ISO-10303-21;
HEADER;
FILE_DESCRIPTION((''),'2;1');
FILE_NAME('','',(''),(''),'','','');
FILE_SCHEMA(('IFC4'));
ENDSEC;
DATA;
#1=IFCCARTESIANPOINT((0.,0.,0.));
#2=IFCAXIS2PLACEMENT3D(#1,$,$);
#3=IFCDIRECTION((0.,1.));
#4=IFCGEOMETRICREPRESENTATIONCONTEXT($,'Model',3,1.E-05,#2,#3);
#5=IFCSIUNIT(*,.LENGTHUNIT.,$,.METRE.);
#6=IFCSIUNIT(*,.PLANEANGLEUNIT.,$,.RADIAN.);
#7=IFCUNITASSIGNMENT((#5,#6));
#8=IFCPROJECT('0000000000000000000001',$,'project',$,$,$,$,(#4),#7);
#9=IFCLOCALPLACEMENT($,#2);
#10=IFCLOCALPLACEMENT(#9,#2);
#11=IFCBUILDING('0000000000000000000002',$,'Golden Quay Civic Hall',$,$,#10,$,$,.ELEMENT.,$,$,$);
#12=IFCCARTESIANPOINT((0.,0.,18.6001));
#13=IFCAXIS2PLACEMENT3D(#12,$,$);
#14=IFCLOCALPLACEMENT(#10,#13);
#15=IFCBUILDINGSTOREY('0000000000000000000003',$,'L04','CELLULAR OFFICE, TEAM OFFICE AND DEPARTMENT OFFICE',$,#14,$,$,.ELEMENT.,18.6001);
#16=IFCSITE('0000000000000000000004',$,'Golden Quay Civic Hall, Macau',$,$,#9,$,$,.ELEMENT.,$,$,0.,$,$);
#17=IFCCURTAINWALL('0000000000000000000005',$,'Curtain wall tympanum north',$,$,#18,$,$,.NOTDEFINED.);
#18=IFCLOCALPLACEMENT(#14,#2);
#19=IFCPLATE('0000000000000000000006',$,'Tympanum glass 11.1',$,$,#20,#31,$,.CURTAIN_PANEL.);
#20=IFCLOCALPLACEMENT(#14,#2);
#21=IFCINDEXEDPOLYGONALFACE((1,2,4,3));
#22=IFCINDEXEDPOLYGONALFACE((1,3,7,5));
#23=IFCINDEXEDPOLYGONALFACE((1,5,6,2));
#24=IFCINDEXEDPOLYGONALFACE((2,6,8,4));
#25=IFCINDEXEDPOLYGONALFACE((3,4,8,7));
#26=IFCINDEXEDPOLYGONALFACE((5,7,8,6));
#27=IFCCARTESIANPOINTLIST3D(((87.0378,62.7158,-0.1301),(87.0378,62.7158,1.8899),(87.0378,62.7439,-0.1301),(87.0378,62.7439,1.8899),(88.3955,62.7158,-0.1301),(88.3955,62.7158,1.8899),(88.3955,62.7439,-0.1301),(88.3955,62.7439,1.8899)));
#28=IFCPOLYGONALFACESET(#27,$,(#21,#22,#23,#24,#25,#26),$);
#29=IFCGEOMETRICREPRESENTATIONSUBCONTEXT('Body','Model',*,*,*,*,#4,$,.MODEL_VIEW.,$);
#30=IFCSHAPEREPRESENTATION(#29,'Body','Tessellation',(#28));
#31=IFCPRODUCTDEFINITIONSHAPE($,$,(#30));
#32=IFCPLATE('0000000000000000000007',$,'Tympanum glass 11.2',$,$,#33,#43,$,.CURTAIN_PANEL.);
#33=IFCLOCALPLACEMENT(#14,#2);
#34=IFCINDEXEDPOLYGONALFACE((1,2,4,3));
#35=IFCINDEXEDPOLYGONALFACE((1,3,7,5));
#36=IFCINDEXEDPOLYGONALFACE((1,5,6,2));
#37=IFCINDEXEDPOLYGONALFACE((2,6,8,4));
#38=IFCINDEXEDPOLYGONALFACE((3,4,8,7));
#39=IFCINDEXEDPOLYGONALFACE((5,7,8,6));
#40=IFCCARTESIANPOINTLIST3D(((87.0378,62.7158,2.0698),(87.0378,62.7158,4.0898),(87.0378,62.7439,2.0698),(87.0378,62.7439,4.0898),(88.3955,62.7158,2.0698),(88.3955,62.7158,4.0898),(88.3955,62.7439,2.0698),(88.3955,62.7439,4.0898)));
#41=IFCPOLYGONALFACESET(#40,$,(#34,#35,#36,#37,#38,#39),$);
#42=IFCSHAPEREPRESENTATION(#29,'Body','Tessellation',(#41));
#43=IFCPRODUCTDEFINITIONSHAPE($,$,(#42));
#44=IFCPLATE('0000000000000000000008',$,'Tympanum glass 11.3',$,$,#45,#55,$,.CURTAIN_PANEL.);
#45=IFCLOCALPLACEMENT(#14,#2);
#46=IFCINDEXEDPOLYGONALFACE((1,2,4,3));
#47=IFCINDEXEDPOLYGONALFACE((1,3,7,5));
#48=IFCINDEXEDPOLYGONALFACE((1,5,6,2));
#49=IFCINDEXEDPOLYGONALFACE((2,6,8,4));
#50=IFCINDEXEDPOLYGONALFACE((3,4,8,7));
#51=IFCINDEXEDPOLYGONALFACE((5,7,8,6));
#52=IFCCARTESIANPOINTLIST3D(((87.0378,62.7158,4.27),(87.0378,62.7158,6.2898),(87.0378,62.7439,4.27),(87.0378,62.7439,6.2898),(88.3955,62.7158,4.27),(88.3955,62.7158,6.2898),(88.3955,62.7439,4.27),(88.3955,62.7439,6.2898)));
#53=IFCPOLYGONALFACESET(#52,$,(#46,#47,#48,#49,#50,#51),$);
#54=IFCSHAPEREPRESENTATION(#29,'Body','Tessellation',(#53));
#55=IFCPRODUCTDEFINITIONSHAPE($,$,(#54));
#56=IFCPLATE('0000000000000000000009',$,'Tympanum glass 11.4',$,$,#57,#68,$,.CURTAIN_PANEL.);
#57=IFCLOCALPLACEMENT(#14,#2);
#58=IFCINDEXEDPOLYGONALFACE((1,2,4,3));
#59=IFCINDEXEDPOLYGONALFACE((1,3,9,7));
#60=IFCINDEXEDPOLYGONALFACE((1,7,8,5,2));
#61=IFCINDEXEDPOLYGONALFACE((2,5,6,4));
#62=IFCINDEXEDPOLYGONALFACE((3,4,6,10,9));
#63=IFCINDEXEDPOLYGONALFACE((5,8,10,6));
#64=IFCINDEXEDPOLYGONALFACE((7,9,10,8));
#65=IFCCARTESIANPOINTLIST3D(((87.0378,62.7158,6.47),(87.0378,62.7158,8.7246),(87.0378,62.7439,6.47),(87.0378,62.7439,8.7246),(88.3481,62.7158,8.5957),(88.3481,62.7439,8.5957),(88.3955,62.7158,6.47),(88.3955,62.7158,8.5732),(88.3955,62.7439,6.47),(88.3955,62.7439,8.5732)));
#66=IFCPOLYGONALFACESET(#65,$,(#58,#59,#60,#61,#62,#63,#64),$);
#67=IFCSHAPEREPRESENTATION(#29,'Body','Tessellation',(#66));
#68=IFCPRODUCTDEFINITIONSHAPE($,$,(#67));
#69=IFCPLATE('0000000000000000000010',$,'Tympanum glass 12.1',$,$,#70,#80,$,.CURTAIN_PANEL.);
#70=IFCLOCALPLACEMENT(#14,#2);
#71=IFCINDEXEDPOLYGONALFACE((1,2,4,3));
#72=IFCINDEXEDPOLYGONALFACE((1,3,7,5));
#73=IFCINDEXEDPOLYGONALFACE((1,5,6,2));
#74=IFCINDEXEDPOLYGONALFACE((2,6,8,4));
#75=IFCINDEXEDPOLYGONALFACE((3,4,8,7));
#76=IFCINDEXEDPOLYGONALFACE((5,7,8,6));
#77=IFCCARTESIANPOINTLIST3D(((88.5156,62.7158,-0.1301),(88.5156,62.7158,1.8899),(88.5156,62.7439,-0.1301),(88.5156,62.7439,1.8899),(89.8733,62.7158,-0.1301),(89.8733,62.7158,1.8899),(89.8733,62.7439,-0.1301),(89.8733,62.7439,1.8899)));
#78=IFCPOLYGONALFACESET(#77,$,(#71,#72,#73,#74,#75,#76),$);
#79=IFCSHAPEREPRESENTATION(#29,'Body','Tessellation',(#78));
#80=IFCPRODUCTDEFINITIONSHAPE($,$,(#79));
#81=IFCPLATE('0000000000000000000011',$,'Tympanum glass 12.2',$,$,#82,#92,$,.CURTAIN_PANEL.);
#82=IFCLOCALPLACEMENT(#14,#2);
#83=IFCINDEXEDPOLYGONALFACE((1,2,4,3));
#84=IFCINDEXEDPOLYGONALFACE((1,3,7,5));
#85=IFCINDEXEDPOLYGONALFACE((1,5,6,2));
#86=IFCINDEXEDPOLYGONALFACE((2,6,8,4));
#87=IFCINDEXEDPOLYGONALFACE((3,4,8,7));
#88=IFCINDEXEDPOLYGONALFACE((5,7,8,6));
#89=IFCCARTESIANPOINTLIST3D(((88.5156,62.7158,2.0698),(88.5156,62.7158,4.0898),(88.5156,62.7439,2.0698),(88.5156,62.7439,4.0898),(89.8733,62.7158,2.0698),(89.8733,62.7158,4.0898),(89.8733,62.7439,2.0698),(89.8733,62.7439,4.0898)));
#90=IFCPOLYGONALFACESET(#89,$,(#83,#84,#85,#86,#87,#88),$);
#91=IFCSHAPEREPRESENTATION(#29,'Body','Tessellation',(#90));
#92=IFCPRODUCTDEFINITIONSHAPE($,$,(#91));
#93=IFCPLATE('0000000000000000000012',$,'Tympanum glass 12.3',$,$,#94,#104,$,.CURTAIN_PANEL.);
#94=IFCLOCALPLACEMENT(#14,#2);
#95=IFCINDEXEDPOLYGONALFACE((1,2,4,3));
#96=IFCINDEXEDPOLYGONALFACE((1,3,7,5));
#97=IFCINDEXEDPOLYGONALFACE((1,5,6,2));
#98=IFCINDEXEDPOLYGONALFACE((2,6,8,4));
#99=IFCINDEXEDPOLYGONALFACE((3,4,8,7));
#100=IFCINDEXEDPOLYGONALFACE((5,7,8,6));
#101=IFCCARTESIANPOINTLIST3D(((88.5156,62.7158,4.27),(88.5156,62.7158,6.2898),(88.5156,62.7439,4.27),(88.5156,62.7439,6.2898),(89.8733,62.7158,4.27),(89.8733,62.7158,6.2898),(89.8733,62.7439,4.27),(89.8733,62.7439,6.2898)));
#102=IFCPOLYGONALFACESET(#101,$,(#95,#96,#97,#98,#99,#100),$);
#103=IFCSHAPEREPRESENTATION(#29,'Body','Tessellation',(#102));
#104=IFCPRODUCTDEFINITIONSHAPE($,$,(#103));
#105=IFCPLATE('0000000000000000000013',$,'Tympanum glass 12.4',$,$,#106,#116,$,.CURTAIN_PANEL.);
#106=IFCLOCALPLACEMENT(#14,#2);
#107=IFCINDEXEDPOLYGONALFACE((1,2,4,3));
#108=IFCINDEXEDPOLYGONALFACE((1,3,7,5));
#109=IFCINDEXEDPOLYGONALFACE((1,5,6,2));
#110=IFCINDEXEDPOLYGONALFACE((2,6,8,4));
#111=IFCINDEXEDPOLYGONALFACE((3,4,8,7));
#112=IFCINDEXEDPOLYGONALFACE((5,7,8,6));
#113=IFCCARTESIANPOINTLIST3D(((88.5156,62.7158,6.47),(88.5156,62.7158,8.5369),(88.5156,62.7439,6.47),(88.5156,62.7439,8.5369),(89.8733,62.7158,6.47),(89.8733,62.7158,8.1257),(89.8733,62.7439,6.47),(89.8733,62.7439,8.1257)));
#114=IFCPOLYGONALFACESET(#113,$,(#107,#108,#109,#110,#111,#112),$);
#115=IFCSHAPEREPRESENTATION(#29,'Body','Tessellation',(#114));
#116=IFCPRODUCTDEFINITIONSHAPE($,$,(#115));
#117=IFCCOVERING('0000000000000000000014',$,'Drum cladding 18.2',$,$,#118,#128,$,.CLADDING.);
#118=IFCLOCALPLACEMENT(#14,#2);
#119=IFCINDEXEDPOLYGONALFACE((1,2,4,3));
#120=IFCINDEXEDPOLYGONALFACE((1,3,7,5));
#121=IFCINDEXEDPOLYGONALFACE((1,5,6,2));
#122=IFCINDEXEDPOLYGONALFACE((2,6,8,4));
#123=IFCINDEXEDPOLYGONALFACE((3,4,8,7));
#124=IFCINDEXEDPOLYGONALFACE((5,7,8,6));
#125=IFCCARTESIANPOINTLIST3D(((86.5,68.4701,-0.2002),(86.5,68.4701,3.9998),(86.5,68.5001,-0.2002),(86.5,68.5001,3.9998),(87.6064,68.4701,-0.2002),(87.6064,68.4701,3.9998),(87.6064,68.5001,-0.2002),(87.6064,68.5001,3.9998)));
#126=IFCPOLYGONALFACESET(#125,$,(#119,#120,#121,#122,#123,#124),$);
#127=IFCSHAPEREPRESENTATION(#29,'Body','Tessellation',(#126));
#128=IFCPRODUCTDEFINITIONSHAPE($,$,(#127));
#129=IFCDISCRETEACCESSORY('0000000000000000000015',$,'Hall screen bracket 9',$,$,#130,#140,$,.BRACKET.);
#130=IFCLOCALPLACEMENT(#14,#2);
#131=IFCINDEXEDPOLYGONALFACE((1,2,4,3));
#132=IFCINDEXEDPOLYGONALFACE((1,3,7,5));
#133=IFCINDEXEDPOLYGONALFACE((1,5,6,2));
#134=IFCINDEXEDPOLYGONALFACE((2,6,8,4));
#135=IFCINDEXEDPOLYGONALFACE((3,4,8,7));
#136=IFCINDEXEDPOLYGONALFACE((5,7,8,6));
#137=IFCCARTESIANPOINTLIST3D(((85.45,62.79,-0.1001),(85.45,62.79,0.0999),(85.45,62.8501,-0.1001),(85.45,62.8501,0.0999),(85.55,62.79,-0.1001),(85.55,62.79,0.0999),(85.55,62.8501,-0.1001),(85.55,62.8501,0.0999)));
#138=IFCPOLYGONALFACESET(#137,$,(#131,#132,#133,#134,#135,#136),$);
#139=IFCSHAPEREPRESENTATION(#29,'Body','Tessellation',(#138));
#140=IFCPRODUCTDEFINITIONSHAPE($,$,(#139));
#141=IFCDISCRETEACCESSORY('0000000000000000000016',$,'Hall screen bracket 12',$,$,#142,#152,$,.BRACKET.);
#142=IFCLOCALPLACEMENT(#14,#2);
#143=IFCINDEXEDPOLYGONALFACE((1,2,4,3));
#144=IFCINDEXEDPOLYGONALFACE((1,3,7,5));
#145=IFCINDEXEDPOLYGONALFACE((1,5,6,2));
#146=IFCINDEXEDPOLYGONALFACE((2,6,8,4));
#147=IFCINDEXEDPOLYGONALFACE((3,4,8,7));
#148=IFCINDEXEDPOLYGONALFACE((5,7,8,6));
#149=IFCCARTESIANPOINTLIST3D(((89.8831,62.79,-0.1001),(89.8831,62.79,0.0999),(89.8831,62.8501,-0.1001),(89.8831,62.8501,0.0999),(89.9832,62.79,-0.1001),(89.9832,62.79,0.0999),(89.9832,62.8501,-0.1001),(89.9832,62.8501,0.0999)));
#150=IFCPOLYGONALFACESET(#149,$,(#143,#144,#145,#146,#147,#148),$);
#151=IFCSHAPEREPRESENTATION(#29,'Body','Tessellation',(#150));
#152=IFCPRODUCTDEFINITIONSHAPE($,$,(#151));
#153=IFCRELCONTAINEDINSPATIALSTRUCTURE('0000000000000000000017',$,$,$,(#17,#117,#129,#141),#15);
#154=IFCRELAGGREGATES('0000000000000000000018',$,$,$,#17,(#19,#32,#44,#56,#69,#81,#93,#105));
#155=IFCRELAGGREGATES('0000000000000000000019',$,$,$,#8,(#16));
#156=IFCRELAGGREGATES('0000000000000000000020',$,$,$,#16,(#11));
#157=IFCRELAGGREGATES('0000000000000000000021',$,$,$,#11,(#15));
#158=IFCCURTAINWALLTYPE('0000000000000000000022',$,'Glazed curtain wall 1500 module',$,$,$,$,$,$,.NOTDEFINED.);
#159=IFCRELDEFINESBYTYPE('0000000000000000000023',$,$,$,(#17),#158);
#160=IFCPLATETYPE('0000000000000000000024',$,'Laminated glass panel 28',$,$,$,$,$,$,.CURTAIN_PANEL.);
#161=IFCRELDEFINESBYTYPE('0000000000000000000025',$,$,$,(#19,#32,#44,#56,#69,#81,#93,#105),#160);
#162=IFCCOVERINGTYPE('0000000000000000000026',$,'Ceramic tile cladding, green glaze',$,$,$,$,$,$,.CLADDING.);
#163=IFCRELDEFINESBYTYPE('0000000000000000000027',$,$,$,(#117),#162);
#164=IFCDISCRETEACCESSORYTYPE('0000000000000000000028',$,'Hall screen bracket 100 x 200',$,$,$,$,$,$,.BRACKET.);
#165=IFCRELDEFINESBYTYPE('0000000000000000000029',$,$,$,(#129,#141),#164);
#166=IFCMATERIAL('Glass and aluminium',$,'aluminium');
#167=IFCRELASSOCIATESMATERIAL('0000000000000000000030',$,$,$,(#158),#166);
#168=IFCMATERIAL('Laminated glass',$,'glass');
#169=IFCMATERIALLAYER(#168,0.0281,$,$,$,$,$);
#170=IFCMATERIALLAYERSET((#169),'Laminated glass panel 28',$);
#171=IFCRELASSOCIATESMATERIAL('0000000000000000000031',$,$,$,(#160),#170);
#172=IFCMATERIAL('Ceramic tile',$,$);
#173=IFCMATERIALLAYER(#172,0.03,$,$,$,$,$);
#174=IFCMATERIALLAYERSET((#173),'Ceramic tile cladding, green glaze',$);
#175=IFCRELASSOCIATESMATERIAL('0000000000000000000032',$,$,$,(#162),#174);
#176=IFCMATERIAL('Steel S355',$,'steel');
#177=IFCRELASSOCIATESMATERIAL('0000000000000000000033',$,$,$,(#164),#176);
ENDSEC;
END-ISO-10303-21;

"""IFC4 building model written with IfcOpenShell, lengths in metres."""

from ifc_helpers import new_model, si_unit, direction, frame, origin, origin_2d, place, context, subcontext, project, spatial, polyline, rectangle, outline, extrude, material, layer, layer_set, type_object, element, aggregate, save


model = new_model("IFC4")

# Units and contexts
model_context = context("Model", 3, precision=1e-05, world=origin(), true_north=direction((0.0, 1.0)))
body_context = subcontext(model_context, "Body", "Model", "MODEL_VIEW")
ifc_project = project(units=[si_unit("LENGTHUNIT", "METRE"), si_unit("PLANEANGLEUNIT", "RADIAN")], contexts=[model_context])

# Site, building, storey
site_placement = place(None, origin())
site = spatial("IfcSite", under=ifc_project, at=site_placement, Name="Golden Quay Civic Hall, Macau", CompositionType="ELEMENT", RefElevation=0.0)
building_placement = place(site_placement, origin())
building = spatial("IfcBuilding", under=site, at=building_placement, Name="Golden Quay Civic Hall", CompositionType="ELEMENT")
storey_placement = place(building_placement, frame((0.0, 0.0, 18.6001)))
storey = spatial("IfcBuildingStorey", under=building, at=storey_placement, Name="L04", Description="CELLULAR OFFICE, TEAM OFFICE AND DEPARTMENT OFFICE", CompositionType="ELEMENT", Elevation=18.6001)

# Curtain wall, plates
ifc_material_1 = material(Name="Glass and aluminium", Category="aluminium")
curtain_wall_type = type_object("IfcCurtainWallType", Name="Glazed curtain wall 1500 module", PredefinedType="NOTDEFINED", material=ifc_material_1)
curtain_wall_placement = place(storey_placement, origin())
curtain_wall = element("IfcCurtainWall", 1, at=curtain_wall_placement, inside=storey, type_object=curtain_wall_type, Name="Curtain wall tympanum north", PredefinedType="NOTDEFINED")
ifc_material_2 = material(Name="Laminated glass", Category="glass")
ifc_layer_1 = layer(ifc_material_2, 0.0281)
ifc_layer_set_1 = layer_set([ifc_layer_1], Name="Laminated glass panel 28")
plate_type = type_object("IfcPlateType", Name="Laminated glass panel 28", PredefinedType="CURTAIN_PANEL", material=ifc_layer_set_1)
plate_1_placement = place(storey_placement, frame((88.3955, 62.7439, -0.1301), z_axis=(0.0, 1.0, 0.0), x_axis=(-1.0, 0.0, 0.0)))
plate_1 = element("IfcPlate", 2, at=plate_1_placement, type_object=plate_type, Name="Tympanum glass 11.1", PredefinedType="CURTAIN_PANEL", context=body_context, shape_type="SweptSolid", body=[
    extrude(outline(polyline([(0.0, 0.0), (1.3577, 0.0), (1.3577, 2.02), (0.0, 2.02), (0.0, 0.0)])), origin(), (0.0, 0.0, -1.0), 0.0281),
])
plate_2_placement = place(storey_placement, frame((88.3955, 62.7439, 2.0698), z_axis=(0.0, 1.0, 0.0), x_axis=(-1.0, 0.0, 0.0)))
plate_2 = element("IfcPlate", 3, at=plate_2_placement, type_object=plate_type, Name="Tympanum glass 11.2", PredefinedType="CURTAIN_PANEL", context=body_context, shape_type="SweptSolid", body=[
    extrude(outline(polyline([(0.0, 0.0), (1.3577, 0.0), (1.3577, 2.02), (0.0, 2.02), (0.0, 0.0)])), origin(), (0.0, 0.0, -1.0), 0.0281),
])
plate_3_placement = place(storey_placement, frame((88.3955, 62.7439, 4.27), z_axis=(0.0, 1.0, 0.0), x_axis=(-1.0, 0.0, 0.0)))
plate_3 = element("IfcPlate", 4, at=plate_3_placement, type_object=plate_type, Name="Tympanum glass 11.3", PredefinedType="CURTAIN_PANEL", context=body_context, shape_type="SweptSolid", body=[
    extrude(outline(polyline([(0.0, 0.0), (1.3577, 0.0), (1.3577, 2.0198), (0.0, 2.0198), (0.0, 0.0)])), origin(), (0.0, 0.0, -1.0), 0.0281),
])
plate_4_placement = place(storey_placement, frame((88.3955, 62.7439, 6.47), z_axis=(0.0, 1.0, 0.0), x_axis=(-1.0, 0.0, 0.0)))
plate_4 = element("IfcPlate", 5, at=plate_4_placement, type_object=plate_type, Name="Tympanum glass 11.4", PredefinedType="CURTAIN_PANEL", context=body_context, shape_type="SweptSolid", body=[
    extrude(outline(polyline([(0.0, 0.0), (1.3577, 0.0), (1.3577, 2.2546), (0.0474, 2.1257), (0.0, 2.1033), (0.0, 0.0)])), origin(), (0.0, 0.0, -1.0), 0.0281),
])
plate_5_placement = place(storey_placement, frame((89.8733, 62.7439, -0.1301), z_axis=(0.0, 1.0, 0.0), x_axis=(-1.0, 0.0, 0.0)))
plate_5 = element("IfcPlate", 6, at=plate_5_placement, type_object=plate_type, Name="Tympanum glass 12.1", PredefinedType="CURTAIN_PANEL", context=body_context, shape_type="SweptSolid", body=[
    extrude(outline(polyline([(0.0, 0.0), (1.3577, 0.0), (1.3577, 2.02), (0.0, 2.02), (0.0, 0.0)])), origin(), (0.0, 0.0, -1.0), 0.0281),
])
plate_6_placement = place(storey_placement, frame((89.8733, 62.7439, 2.0698), z_axis=(0.0, 1.0, 0.0), x_axis=(-1.0, 0.0, 0.0)))
plate_6 = element("IfcPlate", 7, at=plate_6_placement, type_object=plate_type, Name="Tympanum glass 12.2", PredefinedType="CURTAIN_PANEL", context=body_context, shape_type="SweptSolid", body=[
    extrude(outline(polyline([(0.0, 0.0), (1.3577, 0.0), (1.3577, 2.02), (0.0, 2.02), (0.0, 0.0)])), origin(), (0.0, 0.0, -1.0), 0.0281),
])
plate_7_placement = place(storey_placement, frame((89.8733, 62.7439, 4.27), z_axis=(0.0, 1.0, 0.0), x_axis=(-1.0, 0.0, 0.0)))
plate_7 = element("IfcPlate", 8, at=plate_7_placement, type_object=plate_type, Name="Tympanum glass 12.3", PredefinedType="CURTAIN_PANEL", context=body_context, shape_type="SweptSolid", body=[
    extrude(outline(polyline([(0.0, 0.0), (1.3577, 0.0), (1.3577, 2.0198), (0.0, 2.0198), (0.0, 0.0)])), origin(), (0.0, 0.0, -1.0), 0.0281),
])
plate_8_placement = place(storey_placement, frame((89.8733, 62.7439, 6.47), z_axis=(0.0, 1.0, 0.0), x_axis=(-1.0, 0.0, 0.0)))
plate_8 = element("IfcPlate", 9, at=plate_8_placement, type_object=plate_type, Name="Tympanum glass 12.4", PredefinedType="CURTAIN_PANEL", context=body_context, shape_type="SweptSolid", body=[
    extrude(outline(polyline([(0.0, 0.0), (1.3577, 0.0), (1.3577, 2.0669), (0.0, 1.6558), (0.0, 0.0)])), origin(), (0.0, 0.0, -1.0), 0.0281),
])
aggregate(curtain_wall, [plate_1, plate_2, plate_3, plate_4, plate_5, plate_6, plate_7, plate_8])

# Covering
ifc_material_3 = material(Name="Ceramic tile")
ifc_layer_2 = layer(ifc_material_3, 0.03)
ifc_layer_set_2 = layer_set([ifc_layer_2], Name="Ceramic tile cladding, green glaze")
covering_type = type_object("IfcCoveringType", Name="Ceramic tile cladding, green glaze", PredefinedType="CLADDING", material=ifc_layer_set_2)
covering_placement = place(storey_placement, frame((87.0532, 68.4851, -0.2002), z_axis=(0.0, 0.0, 1.0), x_axis=(1.0, 0.0, 0.0)))
element("IfcCovering", 10, at=covering_placement, inside=storey, type_object=covering_type, Name="Drum cladding 18.2", PredefinedType="CLADDING", context=body_context, shape_type="SweptSolid", body=[
    extrude(rectangle(XDim=1.1064, YDim=0.03, at=origin_2d()), origin(), (0.0, 0.0, 1.0), 4.2),
])

# Discrete accessories
ifc_material_4 = material(Name="Steel S355", Category="steel")
discrete_accessory_type = type_object("IfcDiscreteAccessoryType", Name="Hall screen bracket 100 x 200", PredefinedType="BRACKET", material=ifc_material_4)
for number, where, z_axis, x_axis, name in (
    (11, (85.5, 62.8201, -0.1001), (0.0, 0.0, 1.0), (1.0, 0.0, 0.0), "Hall screen bracket 9"),
    (12, (89.9331, 62.8201, -0.1001), (0.0, 0.0, 1.0), (1.0, 0.0, 0.0), "Hall screen bracket 12"),
):
    element("IfcDiscreteAccessory", number, at=place(storey_placement, frame(where, z_axis=z_axis, x_axis=x_axis)), inside=storey, type_object=discrete_accessory_type, Name=name, PredefinedType="BRACKET", context=body_context, shape_type="SweptSolid", body=[
        extrude(rectangle(XDim=0.1001, YDim=0.0601, at=origin_2d()), origin(), (0.0, 0.0, 1.0), 0.2),
    ])

save(model, "model.ifc")
